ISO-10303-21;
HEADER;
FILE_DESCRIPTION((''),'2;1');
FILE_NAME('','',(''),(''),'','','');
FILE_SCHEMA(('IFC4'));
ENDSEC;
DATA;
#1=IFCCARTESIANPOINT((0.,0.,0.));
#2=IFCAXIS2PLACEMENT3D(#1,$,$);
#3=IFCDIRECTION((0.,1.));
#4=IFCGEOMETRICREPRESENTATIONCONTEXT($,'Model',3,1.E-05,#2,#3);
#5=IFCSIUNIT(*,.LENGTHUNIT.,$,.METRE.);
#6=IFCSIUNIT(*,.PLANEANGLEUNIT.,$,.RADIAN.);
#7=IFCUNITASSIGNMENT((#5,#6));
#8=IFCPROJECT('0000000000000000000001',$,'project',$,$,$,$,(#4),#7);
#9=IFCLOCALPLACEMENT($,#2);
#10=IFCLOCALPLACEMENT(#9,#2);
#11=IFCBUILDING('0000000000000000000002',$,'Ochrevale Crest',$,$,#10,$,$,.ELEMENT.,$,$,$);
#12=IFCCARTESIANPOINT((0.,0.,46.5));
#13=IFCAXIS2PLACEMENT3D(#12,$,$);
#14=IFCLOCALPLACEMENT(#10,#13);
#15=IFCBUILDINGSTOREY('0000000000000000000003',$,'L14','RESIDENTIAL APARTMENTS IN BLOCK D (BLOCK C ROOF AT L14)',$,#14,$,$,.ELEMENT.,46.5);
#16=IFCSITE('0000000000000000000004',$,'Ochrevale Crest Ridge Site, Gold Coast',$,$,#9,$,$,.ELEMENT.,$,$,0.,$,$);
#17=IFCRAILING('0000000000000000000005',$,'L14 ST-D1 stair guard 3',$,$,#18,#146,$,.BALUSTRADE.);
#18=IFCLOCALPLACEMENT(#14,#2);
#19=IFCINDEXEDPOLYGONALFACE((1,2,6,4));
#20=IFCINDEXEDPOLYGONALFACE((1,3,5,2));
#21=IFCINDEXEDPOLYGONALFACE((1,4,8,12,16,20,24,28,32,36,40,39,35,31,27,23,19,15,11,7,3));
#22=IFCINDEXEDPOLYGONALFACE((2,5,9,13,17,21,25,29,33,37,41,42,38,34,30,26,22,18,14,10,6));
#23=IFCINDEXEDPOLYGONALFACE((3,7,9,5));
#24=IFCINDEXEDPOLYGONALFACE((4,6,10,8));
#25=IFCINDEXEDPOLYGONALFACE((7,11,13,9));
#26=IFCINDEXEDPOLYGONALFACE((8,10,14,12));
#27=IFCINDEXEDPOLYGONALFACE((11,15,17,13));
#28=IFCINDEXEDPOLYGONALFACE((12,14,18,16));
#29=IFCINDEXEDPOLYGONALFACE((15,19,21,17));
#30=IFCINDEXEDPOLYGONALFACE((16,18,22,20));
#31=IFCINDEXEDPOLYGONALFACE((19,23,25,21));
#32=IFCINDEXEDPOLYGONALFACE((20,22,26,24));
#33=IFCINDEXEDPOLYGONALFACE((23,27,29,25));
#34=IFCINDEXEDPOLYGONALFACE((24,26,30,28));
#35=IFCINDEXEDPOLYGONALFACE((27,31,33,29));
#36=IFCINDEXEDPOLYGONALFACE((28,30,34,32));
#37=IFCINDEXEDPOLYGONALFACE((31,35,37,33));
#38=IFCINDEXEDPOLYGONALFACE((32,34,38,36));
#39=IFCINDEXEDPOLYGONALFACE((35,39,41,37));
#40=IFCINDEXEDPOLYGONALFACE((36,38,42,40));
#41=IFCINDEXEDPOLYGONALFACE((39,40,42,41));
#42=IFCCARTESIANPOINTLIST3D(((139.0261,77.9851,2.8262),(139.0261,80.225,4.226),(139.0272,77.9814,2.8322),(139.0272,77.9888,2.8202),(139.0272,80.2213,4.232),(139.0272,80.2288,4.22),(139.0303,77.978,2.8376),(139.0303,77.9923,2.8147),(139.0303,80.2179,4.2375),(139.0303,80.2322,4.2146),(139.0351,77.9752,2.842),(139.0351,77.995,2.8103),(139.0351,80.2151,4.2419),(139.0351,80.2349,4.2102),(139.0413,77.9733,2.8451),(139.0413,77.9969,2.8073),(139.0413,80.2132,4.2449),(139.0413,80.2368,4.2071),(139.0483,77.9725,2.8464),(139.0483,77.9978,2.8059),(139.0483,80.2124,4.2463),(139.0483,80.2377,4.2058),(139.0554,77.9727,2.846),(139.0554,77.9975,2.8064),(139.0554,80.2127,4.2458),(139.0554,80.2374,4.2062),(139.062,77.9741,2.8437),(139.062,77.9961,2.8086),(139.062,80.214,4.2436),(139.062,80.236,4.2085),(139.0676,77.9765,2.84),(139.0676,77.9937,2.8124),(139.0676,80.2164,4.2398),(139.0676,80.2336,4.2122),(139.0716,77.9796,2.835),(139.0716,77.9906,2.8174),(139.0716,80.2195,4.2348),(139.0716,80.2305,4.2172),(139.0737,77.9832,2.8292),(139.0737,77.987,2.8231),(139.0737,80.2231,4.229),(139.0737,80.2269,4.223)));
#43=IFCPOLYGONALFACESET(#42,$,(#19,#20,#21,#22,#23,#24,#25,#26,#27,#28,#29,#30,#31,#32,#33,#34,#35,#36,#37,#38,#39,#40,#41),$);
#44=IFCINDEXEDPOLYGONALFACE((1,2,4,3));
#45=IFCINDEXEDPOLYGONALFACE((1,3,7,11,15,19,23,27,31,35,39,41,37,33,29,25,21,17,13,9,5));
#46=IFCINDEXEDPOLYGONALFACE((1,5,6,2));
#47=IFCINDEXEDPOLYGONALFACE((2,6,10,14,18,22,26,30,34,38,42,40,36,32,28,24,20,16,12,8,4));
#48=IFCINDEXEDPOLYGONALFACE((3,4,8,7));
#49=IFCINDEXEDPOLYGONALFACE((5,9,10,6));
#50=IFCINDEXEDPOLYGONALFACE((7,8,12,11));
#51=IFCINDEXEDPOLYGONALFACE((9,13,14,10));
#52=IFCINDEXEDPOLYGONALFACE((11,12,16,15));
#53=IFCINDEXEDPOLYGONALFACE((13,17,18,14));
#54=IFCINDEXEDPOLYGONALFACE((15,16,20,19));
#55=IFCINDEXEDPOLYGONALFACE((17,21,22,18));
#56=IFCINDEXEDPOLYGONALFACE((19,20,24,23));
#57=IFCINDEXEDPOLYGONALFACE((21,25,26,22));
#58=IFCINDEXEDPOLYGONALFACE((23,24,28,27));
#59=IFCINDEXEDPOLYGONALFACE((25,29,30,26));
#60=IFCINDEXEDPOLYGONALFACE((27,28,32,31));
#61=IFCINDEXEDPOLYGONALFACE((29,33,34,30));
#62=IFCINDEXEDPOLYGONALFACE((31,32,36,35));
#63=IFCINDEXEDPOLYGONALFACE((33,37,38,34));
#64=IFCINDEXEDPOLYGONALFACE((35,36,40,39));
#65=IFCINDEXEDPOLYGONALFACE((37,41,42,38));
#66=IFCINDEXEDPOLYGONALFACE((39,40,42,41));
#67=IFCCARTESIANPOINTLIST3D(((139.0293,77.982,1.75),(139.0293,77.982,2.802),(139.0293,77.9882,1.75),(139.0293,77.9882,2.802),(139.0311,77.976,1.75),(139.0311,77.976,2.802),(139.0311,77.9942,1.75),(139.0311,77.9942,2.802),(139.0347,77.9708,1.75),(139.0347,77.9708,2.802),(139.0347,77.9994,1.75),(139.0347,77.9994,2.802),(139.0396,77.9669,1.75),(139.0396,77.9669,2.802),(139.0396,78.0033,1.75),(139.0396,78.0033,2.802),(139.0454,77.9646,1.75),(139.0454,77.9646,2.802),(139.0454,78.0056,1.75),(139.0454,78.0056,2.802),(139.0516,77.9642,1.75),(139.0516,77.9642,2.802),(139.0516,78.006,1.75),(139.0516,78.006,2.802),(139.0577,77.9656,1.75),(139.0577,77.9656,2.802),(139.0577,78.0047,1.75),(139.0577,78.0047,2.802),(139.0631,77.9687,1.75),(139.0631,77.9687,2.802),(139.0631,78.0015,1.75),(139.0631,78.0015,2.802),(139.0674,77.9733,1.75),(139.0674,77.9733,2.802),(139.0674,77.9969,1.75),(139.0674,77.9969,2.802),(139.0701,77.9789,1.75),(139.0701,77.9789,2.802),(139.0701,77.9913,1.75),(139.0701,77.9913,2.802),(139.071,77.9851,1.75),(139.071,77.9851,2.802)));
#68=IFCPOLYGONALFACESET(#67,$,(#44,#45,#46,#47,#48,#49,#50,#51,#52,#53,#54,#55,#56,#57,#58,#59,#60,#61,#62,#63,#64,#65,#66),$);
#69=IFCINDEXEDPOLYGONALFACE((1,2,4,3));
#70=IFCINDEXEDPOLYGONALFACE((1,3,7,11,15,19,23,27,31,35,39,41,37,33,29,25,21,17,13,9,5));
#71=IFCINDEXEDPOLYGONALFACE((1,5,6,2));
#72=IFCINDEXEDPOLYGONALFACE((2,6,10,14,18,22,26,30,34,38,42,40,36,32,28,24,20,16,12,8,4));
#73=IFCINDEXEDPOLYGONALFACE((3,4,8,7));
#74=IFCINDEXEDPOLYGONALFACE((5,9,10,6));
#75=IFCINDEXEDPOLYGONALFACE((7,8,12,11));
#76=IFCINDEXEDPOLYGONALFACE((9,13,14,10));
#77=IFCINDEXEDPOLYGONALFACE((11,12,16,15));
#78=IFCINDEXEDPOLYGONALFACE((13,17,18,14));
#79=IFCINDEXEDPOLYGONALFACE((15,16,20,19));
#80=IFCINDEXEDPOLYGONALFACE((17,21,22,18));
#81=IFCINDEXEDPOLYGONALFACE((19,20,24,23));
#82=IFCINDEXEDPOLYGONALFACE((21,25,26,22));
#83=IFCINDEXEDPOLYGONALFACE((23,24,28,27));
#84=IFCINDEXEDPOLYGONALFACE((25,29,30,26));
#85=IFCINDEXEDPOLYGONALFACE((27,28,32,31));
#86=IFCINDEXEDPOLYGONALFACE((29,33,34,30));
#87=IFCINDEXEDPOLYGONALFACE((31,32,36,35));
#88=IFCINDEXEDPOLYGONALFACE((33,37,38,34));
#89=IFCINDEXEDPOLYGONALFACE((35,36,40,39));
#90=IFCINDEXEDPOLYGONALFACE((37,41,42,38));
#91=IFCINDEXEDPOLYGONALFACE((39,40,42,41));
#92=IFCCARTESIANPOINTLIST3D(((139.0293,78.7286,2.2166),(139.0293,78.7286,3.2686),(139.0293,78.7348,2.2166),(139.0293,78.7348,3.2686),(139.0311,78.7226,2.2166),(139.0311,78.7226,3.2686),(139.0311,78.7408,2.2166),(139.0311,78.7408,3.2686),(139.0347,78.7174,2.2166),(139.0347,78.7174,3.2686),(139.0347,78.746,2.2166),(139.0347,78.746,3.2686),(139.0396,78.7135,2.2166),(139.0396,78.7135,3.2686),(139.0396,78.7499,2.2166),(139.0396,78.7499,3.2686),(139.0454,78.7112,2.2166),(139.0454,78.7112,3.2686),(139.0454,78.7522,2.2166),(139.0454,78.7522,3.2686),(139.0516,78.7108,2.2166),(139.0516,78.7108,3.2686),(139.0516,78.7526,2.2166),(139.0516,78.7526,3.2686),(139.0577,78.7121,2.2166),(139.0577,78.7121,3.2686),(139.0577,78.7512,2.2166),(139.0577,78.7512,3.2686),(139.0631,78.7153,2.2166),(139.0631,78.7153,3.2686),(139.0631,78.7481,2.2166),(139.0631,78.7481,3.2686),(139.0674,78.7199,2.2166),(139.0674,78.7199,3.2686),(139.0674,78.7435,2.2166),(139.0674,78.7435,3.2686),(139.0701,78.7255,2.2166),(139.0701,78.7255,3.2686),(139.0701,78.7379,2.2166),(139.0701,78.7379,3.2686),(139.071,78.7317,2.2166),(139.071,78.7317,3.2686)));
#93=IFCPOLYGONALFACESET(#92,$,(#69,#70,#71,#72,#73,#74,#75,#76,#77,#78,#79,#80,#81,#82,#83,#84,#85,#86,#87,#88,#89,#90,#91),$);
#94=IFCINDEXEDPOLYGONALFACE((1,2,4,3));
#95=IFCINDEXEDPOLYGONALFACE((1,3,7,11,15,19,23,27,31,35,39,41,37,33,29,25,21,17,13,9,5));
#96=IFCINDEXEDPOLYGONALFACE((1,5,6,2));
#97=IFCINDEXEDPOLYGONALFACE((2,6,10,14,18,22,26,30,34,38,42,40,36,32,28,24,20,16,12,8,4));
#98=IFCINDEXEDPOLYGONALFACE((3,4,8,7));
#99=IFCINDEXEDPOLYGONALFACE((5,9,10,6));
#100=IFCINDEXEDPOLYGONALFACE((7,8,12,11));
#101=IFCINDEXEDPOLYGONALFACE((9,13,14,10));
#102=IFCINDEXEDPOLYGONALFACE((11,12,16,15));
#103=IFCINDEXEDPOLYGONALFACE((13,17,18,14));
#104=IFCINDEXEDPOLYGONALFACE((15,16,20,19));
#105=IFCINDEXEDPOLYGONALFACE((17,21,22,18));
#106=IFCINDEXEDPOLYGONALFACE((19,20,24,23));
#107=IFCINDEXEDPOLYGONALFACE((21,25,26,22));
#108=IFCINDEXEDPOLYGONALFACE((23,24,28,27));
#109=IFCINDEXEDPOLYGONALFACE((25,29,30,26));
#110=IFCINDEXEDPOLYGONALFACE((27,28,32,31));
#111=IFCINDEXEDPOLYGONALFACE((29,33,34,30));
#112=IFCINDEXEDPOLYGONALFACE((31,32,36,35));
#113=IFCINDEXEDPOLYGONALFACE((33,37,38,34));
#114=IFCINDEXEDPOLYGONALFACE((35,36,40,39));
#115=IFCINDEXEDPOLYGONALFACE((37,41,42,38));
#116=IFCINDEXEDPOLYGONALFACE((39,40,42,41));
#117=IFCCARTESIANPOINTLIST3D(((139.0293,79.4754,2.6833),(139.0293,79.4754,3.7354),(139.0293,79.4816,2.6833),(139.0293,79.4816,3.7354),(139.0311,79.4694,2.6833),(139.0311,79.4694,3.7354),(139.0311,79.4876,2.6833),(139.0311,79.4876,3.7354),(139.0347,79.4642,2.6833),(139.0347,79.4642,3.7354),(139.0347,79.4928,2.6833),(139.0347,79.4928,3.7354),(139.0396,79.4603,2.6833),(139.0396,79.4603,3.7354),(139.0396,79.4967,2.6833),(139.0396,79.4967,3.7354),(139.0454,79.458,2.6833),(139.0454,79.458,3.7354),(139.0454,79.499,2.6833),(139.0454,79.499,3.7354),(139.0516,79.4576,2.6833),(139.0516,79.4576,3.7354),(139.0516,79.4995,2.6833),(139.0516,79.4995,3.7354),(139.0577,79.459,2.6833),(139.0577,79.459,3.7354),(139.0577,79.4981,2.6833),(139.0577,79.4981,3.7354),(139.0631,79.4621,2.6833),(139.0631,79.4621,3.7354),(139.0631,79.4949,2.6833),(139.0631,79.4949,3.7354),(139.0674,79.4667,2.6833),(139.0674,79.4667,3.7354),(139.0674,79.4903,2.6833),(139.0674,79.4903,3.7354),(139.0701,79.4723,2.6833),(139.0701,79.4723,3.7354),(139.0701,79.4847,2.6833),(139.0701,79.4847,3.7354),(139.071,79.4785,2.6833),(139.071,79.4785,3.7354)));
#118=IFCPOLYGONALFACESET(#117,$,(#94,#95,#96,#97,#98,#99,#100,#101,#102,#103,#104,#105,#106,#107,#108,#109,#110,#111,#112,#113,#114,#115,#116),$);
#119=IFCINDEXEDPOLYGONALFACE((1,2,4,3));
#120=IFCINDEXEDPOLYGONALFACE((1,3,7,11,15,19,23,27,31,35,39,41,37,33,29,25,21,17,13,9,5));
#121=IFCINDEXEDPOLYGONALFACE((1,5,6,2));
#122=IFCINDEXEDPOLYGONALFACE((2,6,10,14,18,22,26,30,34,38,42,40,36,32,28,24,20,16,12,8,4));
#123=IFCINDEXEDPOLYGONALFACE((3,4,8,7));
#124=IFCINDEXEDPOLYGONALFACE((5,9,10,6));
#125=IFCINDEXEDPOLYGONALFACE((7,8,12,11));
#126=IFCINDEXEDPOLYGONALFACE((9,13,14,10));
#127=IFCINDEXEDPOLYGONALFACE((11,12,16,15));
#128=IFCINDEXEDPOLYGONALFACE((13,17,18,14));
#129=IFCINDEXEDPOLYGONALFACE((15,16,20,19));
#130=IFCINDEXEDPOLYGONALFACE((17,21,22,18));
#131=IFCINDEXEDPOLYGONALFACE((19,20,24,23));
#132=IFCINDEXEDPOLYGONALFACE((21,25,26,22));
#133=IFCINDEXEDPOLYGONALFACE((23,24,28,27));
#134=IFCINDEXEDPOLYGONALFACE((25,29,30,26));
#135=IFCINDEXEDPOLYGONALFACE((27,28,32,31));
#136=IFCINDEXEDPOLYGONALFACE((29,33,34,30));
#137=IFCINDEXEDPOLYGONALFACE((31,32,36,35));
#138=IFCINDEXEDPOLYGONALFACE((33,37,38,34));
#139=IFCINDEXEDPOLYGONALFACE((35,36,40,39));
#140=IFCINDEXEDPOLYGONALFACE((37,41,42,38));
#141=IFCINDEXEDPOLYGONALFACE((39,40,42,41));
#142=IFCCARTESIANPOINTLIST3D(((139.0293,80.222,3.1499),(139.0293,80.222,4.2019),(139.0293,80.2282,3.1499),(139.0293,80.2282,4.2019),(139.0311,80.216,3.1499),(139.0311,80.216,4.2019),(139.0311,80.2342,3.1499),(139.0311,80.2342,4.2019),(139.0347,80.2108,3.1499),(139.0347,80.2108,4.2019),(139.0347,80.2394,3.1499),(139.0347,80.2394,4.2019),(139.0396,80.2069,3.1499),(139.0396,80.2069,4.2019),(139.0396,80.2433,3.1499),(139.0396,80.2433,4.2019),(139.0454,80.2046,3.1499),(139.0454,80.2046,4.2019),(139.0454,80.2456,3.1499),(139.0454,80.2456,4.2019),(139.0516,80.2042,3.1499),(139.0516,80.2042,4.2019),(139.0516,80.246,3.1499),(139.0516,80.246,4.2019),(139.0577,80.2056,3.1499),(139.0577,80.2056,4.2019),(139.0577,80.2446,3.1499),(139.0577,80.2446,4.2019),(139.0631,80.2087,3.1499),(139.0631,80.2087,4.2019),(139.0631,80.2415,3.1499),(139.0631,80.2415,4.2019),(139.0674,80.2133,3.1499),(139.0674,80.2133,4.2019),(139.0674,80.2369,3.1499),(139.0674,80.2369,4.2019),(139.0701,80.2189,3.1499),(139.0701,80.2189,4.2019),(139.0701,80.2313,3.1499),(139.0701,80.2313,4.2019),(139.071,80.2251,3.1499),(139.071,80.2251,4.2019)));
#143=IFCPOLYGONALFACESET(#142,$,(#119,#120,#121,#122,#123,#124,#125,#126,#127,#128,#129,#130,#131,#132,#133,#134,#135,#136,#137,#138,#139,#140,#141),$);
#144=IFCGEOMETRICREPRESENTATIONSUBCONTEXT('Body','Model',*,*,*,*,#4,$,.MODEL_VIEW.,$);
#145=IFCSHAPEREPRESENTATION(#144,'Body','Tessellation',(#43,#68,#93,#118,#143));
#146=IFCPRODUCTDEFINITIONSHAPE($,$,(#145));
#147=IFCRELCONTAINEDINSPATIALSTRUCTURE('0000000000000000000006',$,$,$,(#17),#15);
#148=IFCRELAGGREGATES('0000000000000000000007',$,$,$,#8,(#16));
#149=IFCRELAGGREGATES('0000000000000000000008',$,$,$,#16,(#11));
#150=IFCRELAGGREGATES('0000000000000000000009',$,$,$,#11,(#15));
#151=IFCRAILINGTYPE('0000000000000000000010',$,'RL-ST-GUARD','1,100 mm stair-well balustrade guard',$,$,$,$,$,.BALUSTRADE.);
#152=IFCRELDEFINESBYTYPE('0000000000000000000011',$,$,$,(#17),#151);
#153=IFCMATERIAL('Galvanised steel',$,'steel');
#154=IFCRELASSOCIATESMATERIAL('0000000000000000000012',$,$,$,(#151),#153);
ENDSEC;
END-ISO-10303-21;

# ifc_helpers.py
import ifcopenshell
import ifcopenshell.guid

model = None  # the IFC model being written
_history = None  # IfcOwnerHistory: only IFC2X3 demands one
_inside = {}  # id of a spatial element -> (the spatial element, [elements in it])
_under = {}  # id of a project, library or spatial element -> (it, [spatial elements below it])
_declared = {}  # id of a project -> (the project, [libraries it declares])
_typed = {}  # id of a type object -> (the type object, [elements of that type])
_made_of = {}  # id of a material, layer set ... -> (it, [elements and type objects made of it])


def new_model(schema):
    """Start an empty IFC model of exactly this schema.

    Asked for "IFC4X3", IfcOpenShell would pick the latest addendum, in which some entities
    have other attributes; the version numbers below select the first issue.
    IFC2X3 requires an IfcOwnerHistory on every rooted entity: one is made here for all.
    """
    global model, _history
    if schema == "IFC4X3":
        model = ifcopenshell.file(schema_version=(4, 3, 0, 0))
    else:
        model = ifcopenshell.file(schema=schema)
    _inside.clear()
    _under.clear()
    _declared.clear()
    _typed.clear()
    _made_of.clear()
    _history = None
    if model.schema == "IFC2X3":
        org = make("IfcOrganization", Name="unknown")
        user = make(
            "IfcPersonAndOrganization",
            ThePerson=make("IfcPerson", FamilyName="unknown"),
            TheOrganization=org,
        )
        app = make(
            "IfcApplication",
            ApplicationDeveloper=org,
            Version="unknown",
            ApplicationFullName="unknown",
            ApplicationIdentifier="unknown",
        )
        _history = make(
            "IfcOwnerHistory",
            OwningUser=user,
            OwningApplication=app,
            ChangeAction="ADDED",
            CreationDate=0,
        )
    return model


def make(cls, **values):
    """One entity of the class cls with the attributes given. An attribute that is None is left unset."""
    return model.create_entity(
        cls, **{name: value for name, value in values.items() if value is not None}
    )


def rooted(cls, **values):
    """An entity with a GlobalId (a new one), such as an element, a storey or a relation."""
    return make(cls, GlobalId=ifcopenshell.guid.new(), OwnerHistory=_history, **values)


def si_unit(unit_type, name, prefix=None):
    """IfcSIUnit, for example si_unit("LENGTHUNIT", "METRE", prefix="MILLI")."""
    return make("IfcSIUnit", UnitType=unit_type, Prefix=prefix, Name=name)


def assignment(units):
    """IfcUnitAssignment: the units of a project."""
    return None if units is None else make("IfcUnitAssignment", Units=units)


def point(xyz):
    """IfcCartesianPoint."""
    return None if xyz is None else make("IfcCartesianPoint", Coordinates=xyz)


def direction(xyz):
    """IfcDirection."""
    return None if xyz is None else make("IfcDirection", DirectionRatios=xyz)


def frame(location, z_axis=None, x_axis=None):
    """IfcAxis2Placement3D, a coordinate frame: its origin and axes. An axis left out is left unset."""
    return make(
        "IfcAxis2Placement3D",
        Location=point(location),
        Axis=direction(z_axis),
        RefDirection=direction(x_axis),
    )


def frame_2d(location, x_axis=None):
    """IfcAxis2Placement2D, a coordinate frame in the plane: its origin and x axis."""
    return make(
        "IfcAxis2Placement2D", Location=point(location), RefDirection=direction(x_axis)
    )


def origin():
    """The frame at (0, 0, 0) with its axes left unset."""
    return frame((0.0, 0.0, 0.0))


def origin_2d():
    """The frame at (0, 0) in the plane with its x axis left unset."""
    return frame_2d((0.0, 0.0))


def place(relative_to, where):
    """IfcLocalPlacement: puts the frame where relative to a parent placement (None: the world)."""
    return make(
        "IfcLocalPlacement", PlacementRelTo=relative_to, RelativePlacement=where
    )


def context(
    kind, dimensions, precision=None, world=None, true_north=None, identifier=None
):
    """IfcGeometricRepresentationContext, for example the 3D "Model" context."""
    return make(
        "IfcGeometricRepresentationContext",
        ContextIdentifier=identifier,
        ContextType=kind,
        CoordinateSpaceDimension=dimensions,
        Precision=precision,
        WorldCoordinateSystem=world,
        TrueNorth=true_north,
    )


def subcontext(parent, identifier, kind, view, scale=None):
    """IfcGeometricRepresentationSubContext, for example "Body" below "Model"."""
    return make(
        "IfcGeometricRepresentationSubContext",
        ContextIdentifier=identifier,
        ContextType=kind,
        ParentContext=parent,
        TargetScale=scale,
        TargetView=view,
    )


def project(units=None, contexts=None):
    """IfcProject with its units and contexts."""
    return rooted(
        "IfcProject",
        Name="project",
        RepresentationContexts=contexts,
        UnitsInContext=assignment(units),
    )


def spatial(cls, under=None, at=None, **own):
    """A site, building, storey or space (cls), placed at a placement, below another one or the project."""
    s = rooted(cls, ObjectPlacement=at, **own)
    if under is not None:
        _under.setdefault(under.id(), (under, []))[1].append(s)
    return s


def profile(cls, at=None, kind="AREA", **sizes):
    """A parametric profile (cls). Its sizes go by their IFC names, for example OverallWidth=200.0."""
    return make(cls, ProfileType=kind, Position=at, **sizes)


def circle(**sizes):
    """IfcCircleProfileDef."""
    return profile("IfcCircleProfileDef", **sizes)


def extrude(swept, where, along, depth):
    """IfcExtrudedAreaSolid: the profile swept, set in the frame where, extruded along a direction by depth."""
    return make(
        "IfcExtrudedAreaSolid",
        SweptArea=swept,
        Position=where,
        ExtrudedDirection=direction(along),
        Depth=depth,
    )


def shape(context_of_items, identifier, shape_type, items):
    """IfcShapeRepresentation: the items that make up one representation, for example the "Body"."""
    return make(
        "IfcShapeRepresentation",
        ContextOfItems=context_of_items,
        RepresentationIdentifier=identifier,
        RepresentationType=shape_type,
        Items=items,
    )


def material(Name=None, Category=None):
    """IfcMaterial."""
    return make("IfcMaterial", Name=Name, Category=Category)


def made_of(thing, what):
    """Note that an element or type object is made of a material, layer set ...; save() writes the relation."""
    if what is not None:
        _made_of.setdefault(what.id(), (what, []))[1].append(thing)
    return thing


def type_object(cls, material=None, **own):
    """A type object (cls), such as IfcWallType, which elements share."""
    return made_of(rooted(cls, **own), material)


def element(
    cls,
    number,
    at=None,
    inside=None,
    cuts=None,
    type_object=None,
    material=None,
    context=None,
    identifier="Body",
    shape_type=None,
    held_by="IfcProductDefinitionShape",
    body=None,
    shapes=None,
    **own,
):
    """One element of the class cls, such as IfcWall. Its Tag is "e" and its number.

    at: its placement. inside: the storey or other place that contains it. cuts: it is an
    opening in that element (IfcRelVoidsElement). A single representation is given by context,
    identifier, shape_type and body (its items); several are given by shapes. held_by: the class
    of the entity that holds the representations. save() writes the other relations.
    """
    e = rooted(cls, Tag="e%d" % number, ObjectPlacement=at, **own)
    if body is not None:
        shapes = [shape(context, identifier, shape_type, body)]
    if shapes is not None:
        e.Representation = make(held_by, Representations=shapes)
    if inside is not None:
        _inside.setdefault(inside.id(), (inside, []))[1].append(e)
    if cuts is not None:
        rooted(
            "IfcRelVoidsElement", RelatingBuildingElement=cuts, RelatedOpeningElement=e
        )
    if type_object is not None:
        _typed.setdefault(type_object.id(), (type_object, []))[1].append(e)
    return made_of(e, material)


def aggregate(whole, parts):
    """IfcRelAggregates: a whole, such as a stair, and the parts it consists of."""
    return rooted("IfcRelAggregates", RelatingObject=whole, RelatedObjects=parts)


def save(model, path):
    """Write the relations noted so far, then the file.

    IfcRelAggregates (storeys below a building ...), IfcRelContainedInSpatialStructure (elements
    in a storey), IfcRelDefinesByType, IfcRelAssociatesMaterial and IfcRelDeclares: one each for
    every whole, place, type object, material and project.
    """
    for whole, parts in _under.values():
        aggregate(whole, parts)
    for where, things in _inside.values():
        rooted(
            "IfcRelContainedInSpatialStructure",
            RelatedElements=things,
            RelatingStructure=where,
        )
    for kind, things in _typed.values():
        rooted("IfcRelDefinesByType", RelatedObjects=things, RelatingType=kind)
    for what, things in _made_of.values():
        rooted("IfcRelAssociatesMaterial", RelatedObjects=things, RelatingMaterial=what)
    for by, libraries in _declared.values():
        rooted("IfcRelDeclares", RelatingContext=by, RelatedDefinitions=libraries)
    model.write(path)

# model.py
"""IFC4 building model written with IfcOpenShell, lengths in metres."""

from ifc_helpers import new_model, si_unit, direction, frame, origin, origin_2d, place, context, subcontext, project, spatial, circle, extrude, material, type_object, element, save


model = new_model("IFC4")

# Units and contexts
model_context = context("Model", 3, precision=1e-05, world=origin(), true_north=direction((0.0, 1.0)))
body_context = subcontext(model_context, "Body", "Model", "MODEL_VIEW")
ifc_project = project(units=[si_unit("LENGTHUNIT", "METRE"), si_unit("PLANEANGLEUNIT", "RADIAN")], contexts=[model_context])

# Site, building, storey
site_placement = place(None, origin())
site = spatial("IfcSite", under=ifc_project, at=site_placement, Name="Ochrevale Crest Ridge Site, Gold Coast", CompositionType="ELEMENT", RefElevation=0.0)
building_placement = place(site_placement, origin())
building = spatial("IfcBuilding", under=site, at=building_placement, Name="Ochrevale Crest", CompositionType="ELEMENT")
storey_placement = place(building_placement, frame((0.0, 0.0, 46.5)))
storey = spatial("IfcBuildingStorey", under=building, at=storey_placement, Name="L14", Description="RESIDENTIAL APARTMENTS IN BLOCK D (BLOCK C ROOF AT L14)", CompositionType="ELEMENT", Elevation=46.5)

# Railing
ifc_material_1 = material(Name="Galvanised steel", Category="steel")
railing_type_1 = type_object("IfcRailingType", Name="RL-ST-GUARD", Description="1,100 mm stair-well balustrade guard", PredefinedType="BALUSTRADE", material=ifc_material_1)
railing_1_placement = place(storey_placement, frame((139.05, 77.9851, 1.75)))
element("IfcRailing", 1, at=railing_1_placement, inside=storey, type_object=railing_type_1, Name="L14 ST-D1 stair guard 3", PredefinedType="BALUSTRADE", context=body_context, shape_type="SweptSolid", body=[
    extrude(circle(Radius=0.0239, at=origin_2d()), frame((0.0, 0.0, 1.0762), z_axis=(0.0, 0.848014, 0.529974), x_axis=(-1.0, 0.0, 0.0)), (0.0, 0.0, 1.0), 2.6414),
    extrude(circle(Radius=0.021, at=origin_2d()), origin(), (0.0, 0.0, 1.0), 1.052),
    extrude(circle(Radius=0.021, at=origin_2d()), frame((0.0, 0.7466, 0.4666)), (0.0, 0.0, 1.0), 1.052),
    extrude(circle(Radius=0.021, at=origin_2d()), frame((0.0, 1.4934, 0.9333)), (0.0, 0.0, 1.0), 1.052),
    extrude(circle(Radius=0.021, at=origin_2d()), frame((0.0, 2.24, 1.3999)), (0.0, 0.0, 1.0), 1.052),
])

save(model, "model.ifc")
